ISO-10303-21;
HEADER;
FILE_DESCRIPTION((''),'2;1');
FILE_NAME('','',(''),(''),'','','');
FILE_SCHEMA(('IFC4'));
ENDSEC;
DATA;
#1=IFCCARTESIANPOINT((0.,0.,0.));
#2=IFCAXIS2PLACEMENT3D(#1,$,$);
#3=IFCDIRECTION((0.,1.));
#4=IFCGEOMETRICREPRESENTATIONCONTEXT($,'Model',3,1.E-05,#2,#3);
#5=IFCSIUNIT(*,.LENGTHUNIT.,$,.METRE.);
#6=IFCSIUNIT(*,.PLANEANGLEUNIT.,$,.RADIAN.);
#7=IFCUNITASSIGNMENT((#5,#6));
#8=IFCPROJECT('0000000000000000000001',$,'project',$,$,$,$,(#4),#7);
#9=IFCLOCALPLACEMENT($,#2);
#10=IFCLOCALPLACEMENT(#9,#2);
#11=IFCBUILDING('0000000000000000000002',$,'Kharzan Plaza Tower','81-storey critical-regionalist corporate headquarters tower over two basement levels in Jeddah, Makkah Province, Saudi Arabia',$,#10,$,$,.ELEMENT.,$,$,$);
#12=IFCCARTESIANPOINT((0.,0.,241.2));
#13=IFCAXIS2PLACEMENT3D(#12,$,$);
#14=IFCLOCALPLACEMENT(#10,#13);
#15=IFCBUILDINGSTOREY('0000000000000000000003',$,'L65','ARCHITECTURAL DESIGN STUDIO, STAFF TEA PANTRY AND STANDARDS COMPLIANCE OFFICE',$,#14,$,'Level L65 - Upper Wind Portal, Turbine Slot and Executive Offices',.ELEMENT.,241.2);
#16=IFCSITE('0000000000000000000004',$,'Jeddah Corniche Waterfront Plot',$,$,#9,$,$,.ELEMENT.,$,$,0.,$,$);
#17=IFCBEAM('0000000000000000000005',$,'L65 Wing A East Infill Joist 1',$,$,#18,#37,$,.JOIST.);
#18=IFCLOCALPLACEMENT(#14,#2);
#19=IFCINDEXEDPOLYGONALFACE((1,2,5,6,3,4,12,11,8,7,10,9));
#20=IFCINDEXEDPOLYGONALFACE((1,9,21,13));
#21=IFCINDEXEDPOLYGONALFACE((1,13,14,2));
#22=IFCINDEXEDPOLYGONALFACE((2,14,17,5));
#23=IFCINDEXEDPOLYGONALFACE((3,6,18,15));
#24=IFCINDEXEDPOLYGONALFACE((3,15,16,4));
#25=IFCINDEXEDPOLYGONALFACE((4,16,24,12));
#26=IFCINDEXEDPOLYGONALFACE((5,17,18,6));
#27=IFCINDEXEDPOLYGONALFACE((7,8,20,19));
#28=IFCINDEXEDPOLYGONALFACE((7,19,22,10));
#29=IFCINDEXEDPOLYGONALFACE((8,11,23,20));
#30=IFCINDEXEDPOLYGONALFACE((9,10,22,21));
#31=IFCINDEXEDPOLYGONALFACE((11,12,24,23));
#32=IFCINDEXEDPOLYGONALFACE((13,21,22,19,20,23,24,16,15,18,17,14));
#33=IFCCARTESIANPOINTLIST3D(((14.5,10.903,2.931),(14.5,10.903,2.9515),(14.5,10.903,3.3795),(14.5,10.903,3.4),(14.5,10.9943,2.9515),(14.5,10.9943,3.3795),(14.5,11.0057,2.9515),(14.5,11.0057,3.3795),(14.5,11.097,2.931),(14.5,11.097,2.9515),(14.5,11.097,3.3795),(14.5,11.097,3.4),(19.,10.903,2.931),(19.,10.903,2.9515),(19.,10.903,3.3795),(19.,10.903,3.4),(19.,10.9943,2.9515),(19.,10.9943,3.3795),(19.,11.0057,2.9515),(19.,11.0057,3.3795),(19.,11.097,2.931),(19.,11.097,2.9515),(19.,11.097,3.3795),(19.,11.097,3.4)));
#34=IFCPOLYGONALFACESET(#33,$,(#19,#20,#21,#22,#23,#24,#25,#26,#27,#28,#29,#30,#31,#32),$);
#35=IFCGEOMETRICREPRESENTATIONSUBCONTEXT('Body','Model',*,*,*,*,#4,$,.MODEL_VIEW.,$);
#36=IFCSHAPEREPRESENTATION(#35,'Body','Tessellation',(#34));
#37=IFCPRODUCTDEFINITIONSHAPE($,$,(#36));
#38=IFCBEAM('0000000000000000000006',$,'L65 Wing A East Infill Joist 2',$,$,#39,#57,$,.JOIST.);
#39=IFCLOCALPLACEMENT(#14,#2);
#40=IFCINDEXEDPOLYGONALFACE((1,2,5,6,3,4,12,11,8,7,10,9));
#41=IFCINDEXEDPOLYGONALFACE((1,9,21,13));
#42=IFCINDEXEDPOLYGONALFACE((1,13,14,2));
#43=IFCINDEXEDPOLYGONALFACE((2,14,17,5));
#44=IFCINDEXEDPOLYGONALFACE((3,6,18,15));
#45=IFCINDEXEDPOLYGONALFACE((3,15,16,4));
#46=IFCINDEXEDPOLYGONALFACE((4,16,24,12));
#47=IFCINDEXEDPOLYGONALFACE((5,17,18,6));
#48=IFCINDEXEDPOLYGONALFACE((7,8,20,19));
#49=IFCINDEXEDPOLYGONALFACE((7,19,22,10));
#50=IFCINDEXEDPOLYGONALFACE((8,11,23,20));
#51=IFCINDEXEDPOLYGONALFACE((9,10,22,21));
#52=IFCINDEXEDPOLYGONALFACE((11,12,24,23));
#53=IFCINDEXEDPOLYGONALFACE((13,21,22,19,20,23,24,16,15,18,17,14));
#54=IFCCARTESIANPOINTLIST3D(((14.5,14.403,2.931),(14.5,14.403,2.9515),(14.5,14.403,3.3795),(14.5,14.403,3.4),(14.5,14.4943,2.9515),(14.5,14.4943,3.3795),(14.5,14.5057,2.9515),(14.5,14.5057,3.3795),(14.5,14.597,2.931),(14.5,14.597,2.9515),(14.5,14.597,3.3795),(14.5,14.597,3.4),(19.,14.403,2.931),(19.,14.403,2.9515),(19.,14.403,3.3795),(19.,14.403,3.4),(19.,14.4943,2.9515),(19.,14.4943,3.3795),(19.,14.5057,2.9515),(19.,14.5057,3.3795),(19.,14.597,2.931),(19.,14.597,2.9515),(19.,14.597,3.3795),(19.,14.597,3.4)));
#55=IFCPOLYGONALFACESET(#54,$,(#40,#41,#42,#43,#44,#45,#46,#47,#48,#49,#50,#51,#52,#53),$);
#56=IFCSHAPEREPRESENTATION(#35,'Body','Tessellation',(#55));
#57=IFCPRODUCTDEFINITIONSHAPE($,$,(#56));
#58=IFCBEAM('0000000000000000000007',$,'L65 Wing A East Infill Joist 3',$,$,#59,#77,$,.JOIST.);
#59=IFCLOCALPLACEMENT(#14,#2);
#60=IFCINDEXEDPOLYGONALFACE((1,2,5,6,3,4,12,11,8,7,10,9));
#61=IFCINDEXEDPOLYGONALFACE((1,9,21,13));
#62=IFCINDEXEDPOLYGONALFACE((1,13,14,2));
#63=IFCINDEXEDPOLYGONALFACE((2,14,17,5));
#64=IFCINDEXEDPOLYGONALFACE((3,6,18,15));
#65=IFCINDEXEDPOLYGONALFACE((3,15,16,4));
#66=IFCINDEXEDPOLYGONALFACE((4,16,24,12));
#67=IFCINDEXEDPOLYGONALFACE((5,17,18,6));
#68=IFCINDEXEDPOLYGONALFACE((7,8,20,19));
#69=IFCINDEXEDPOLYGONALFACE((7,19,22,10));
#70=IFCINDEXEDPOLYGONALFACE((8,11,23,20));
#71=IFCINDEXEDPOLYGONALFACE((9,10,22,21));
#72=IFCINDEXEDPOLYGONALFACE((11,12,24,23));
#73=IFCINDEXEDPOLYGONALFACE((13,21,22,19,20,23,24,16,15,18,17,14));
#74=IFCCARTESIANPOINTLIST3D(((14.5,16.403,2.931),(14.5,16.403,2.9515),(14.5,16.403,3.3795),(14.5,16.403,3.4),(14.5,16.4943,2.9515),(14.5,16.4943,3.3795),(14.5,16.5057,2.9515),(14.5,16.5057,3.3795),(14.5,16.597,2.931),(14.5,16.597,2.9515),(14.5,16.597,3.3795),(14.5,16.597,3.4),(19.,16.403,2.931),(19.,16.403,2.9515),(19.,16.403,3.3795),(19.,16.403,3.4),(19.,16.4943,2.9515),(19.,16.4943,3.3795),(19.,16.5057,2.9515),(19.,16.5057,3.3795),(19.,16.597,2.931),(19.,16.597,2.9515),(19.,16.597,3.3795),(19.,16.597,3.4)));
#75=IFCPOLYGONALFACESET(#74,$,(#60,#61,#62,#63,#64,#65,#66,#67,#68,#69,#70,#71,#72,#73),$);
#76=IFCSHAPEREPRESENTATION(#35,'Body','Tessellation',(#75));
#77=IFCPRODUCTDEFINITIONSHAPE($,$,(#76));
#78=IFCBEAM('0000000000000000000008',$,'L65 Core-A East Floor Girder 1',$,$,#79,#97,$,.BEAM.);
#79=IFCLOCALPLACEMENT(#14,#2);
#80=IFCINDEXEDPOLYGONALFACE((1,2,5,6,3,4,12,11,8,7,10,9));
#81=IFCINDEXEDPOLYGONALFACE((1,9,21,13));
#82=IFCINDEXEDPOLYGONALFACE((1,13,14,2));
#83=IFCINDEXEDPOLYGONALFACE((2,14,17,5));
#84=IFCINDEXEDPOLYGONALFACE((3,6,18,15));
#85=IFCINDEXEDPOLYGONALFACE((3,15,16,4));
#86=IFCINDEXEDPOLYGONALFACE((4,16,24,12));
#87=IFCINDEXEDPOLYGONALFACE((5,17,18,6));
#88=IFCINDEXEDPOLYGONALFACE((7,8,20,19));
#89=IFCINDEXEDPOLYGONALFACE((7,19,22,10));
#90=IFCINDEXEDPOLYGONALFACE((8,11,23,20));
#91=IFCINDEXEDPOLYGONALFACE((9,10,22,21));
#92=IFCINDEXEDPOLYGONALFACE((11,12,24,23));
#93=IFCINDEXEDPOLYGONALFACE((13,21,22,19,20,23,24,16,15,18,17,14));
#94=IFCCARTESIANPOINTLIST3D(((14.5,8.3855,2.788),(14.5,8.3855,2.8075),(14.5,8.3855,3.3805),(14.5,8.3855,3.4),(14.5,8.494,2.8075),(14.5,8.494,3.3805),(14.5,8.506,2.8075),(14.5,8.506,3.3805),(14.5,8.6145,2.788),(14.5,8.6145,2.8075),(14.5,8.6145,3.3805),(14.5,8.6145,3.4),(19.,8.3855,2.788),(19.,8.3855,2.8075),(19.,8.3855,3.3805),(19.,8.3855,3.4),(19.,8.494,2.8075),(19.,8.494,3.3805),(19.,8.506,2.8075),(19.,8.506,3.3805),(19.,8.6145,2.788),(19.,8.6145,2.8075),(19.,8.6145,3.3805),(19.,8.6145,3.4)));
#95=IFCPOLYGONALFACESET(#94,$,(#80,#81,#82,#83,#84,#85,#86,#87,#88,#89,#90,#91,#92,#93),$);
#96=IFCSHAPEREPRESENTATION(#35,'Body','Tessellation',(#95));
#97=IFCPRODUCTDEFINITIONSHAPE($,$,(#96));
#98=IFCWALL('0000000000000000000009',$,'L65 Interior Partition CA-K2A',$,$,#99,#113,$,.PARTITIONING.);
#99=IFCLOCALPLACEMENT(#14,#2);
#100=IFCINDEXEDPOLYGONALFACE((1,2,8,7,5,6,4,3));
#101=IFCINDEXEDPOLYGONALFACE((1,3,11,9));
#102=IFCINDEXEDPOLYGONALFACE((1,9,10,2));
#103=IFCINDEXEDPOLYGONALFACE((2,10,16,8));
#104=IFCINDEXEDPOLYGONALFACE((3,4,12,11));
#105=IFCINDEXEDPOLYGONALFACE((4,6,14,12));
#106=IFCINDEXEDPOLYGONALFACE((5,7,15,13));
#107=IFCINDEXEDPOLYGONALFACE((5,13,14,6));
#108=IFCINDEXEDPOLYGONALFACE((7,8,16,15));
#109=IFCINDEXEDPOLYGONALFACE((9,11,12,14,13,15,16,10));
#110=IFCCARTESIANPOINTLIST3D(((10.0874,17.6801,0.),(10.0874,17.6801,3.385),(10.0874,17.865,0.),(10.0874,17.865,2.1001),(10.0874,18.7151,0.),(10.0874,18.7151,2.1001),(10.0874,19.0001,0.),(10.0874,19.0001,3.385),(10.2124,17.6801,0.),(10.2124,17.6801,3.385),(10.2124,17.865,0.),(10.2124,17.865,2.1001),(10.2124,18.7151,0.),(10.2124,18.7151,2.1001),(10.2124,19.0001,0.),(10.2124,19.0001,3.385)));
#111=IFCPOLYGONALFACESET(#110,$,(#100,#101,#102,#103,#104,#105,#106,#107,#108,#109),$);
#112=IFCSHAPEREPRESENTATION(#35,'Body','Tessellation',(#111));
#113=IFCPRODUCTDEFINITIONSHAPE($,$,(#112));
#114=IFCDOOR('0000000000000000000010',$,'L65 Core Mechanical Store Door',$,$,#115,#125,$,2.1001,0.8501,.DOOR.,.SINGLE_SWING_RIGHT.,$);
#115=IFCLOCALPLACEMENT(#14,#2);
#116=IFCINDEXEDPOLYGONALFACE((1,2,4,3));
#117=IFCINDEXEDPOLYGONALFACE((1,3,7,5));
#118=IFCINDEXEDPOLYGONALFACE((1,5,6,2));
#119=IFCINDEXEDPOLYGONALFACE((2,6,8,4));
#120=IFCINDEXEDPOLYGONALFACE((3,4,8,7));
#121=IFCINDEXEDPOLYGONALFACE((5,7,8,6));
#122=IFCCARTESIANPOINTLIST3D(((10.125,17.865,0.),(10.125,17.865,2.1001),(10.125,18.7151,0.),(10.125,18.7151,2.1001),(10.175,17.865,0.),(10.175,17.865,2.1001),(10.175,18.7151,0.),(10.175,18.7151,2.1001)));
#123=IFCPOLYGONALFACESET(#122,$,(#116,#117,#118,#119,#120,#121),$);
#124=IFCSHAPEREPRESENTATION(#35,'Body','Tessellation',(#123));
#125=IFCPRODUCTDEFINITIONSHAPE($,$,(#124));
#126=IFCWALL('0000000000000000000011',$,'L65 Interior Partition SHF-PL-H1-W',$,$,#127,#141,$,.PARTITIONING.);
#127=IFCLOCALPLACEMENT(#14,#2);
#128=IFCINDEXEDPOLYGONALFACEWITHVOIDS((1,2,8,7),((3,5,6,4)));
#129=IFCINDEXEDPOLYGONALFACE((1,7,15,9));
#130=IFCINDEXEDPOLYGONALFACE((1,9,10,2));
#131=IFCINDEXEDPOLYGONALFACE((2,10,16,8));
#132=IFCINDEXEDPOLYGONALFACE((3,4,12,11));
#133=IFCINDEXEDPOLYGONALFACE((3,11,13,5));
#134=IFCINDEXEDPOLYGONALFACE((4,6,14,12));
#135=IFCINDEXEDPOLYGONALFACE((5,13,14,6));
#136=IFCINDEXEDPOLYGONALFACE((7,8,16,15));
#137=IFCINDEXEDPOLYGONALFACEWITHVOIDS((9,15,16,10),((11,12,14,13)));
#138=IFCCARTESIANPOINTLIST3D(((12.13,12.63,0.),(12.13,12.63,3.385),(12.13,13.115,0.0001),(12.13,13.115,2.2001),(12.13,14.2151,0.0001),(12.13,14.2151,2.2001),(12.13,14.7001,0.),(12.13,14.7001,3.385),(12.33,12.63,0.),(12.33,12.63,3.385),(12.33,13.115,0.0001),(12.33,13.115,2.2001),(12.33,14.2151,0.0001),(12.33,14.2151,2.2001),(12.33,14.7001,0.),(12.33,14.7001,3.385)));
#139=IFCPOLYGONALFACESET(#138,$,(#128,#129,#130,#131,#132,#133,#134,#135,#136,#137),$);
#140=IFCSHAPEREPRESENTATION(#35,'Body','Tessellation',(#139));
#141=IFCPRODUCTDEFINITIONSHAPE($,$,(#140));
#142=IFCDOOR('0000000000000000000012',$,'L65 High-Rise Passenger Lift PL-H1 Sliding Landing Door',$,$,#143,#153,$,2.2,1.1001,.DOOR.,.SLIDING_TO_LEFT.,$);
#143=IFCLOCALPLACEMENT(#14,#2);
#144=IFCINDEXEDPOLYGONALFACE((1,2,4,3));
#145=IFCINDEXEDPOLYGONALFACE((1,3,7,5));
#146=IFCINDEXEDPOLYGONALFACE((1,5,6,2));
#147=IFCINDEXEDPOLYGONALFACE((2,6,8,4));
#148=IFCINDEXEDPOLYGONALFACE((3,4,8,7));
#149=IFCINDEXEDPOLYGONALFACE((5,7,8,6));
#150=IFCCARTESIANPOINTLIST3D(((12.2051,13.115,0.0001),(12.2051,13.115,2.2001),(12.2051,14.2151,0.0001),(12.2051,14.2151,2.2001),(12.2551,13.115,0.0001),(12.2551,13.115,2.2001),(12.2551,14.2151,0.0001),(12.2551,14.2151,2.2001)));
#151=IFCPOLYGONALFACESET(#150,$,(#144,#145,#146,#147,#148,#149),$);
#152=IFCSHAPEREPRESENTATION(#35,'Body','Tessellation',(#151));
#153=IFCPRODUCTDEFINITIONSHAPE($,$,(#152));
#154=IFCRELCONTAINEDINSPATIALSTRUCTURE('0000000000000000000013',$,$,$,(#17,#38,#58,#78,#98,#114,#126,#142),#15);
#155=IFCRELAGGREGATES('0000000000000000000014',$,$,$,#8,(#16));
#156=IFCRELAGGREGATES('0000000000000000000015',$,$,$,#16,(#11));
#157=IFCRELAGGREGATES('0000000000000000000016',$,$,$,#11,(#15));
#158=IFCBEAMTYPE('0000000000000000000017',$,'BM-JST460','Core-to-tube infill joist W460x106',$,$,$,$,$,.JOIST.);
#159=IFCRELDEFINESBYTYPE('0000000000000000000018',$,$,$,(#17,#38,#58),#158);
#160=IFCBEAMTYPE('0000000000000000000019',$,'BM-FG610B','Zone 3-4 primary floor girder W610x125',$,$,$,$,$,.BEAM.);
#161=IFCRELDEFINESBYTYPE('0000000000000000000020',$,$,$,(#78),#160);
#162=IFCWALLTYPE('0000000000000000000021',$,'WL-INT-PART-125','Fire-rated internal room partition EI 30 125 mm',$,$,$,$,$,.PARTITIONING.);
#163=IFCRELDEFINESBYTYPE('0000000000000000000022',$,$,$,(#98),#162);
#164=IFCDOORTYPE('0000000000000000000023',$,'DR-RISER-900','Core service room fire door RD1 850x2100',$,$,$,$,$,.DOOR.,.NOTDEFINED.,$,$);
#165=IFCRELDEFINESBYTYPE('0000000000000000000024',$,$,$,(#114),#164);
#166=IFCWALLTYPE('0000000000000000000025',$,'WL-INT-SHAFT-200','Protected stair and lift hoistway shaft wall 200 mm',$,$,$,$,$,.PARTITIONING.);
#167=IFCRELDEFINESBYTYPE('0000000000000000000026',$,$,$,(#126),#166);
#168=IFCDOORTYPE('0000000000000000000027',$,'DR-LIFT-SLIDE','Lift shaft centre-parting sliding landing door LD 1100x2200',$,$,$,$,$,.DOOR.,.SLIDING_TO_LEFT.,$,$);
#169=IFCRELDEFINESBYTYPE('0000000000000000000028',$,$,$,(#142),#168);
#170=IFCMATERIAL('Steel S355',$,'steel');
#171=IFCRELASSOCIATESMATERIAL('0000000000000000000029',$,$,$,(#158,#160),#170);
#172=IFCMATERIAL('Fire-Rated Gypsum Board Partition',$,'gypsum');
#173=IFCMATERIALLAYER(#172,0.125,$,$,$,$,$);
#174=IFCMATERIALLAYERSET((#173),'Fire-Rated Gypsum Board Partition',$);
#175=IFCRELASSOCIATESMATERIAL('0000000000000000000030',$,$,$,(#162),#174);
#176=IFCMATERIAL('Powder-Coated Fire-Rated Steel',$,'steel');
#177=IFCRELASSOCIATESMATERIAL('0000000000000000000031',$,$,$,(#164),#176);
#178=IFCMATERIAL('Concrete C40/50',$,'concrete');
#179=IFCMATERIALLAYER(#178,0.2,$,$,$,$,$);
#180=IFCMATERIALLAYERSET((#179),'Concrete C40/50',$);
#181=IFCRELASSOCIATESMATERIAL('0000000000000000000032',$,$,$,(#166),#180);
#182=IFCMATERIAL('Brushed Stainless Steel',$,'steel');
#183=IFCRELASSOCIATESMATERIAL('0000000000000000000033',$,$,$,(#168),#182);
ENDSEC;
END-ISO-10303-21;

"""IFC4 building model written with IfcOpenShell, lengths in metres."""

from ifc_helpers import new_model, si_unit, direction, frame, frame_2d, origin, origin_2d, place, context, subcontext, project, spatial, rectangle, i_section, extrude, source, transform, mapped, material, layer, layer_set, material_profile, profile_set, type_object, element, fill, save


model = new_model("IFC4")

# Units and contexts
model_context = context("Model", 3, precision=1e-05, world=origin(), true_north=direction((0.0, 1.0)))
body_context = subcontext(model_context, "Body", "Model", "MODEL_VIEW")
ifc_project = project(units=[si_unit("LENGTHUNIT", "METRE"), si_unit("PLANEANGLEUNIT", "RADIAN")], contexts=[model_context])

# Site, building, storey
site_placement = place(None, origin())
site = spatial("IfcSite", under=ifc_project, at=site_placement, Name="Jeddah Corniche Waterfront Plot", CompositionType="ELEMENT", RefElevation=0.0)
building_placement = place(site_placement, origin())
building = spatial("IfcBuilding", under=site, at=building_placement, Name="Kharzan Plaza Tower", Description="81-storey critical-regionalist corporate headquarters tower over two basement levels in Jeddah, Makkah Province, Saudi Arabia", CompositionType="ELEMENT")
storey_placement = place(building_placement, frame((0.0, 0.0, 241.2)))
storey = spatial("IfcBuildingStorey", under=building, at=storey_placement, Name="L65", Description="ARCHITECTURAL DESIGN STUDIO, STAFF TEA PANTRY AND STANDARDS COMPLIANCE OFFICE", LongName="Level L65 - Upper Wind Portal, Turbine Slot and Executive Offices", CompositionType="ELEMENT", Elevation=241.2)

# Beams
ifc_material_1 = material(Name="Steel S355", Category="steel")
ifc_material_profile_1 = material_profile(ifc_material_1, i_section(OverallWidth=0.1941, OverallDepth=0.469, WebThickness=0.0115, FlangeThickness=0.0205, at=origin_2d()), Name="W460x106")
ifc_profile_set_1 = profile_set([ifc_material_profile_1], Name="Steel S355")
beam_type_1 = type_object("IfcBeamType", Name="BM-JST460", Description="Core-to-tube infill joist W460x106", PredefinedType="JOIST", material=ifc_profile_set_1)
shared_shape_1 = source(origin(), body_context, "Body", "SweptSolid", [
    extrude(i_section(OverallWidth=0.1941, OverallDepth=0.469, WebThickness=0.0115, FlangeThickness=0.0205, at=origin_2d()), origin(), (0.0, 0.0, 1.0), 4.5),
])
for number, where, z_axis, x_axis, name in (
    (1, (14.5, 11.0, 3.1655), (1.0, 0.0, 0.0), (0.0, 1.0, 0.0), "L65 Wing A East Infill Joist 1"),
    (2, (14.5, 14.5, 3.1655), (1.0, 0.0, 0.0), (0.0, 1.0, 0.0), "L65 Wing A East Infill Joist 2"),
    (3, (14.5, 16.5, 3.1655), (1.0, 0.0, 0.0), (0.0, 1.0, 0.0), "L65 Wing A East Infill Joist 3"),
):
    element("IfcBeam", number, at=place(storey_placement, frame(where, z_axis=z_axis, x_axis=x_axis)), inside=storey, type_object=beam_type_1, Name=name, PredefinedType="JOIST", context=body_context, shape_type="MappedRepresentation", body=[
        mapped(shared_shape_1, transform((0.0, 0.0, 0.0), x_axis=(1.0, 0.0, 0.0), y_axis=(0.0, 1.0, 0.0), z_axis=(0.0, 0.0, 1.0))),
    ])
ifc_material_profile_2 = material_profile(ifc_material_1, i_section(OverallWidth=0.229, OverallDepth=0.6121, WebThickness=0.012, FlangeThickness=0.0195, at=origin_2d()), Name="W610x125")
ifc_profile_set_2 = profile_set([ifc_material_profile_2], Name="Steel S355")
beam_type_2 = type_object("IfcBeamType", Name="BM-FG610B", Description="Zone 3-4 primary floor girder W610x125", PredefinedType="BEAM", material=ifc_profile_set_2)
shared_shape_2 = source(origin(), body_context, "Body", "SweptSolid", [
    extrude(i_section(OverallWidth=0.229, OverallDepth=0.6121, WebThickness=0.012, FlangeThickness=0.0195, at=origin_2d()), origin(), (0.0, 0.0, 1.0), 4.5),
])
beam_placement = place(storey_placement, frame((14.5, 8.5, 3.094), z_axis=(1.0, 0.0, 0.0), x_axis=(0.0, 1.0, 0.0)))
element("IfcBeam", 4, at=beam_placement, inside=storey, type_object=beam_type_2, Name="L65 Core-A East Floor Girder 1", PredefinedType="BEAM", context=body_context, shape_type="MappedRepresentation", body=[
    mapped(shared_shape_2, transform((0.0, 0.0, 0.0), x_axis=(1.0, 0.0, 0.0), y_axis=(0.0, 1.0, 0.0), z_axis=(0.0, 0.0, 1.0))),
])

# Walls, openings, doors
ifc_material_2 = material(Name="Fire-Rated Gypsum Board Partition", Category="gypsum")
ifc_layer_1 = layer(ifc_material_2, 0.125)
ifc_layer_set_1 = layer_set([ifc_layer_1], Name="Fire-Rated Gypsum Board Partition")
wall_type_1 = type_object("IfcWallType", Name="WL-INT-PART-125", Description="Fire-rated internal room partition EI 30 125 mm", PredefinedType="PARTITIONING", material=ifc_layer_set_1)
wall_1_placement = place(storey_placement, frame((10.1499, 17.6799, 0.0), z_axis=(0.0, 0.0, 1.0), x_axis=(0.0, 1.0, 0.0)))
wall_1 = element("IfcWall", 5, at=wall_1_placement, inside=storey, type_object=wall_type_1, Name="L65 Interior Partition CA-K2A", PredefinedType="PARTITIONING", context=body_context, shape_type="SweptSolid", body=[
    extrude(rectangle(XDim=1.3201, YDim=0.125, at=frame_2d((0.6602, 0.0))), origin(), (0.0, 0.0, 1.0), 3.385),
])
opening_1_placement = place(wall_1_placement, frame((0.1851, 0.0, 0.0)))
opening_1 = element("IfcOpeningElement", 6, at=opening_1_placement, cuts=wall_1, PredefinedType="OPENING", context=body_context, shape_type="SweptSolid", body=[
    extrude(rectangle(XDim=0.8501, YDim=2.1001, at=frame_2d((0.425, 1.05))), frame((0.0, 0.0725, 0.0), z_axis=(0.0, -1.0, 0.0), x_axis=(1.0, 0.0, 0.0)), (0.0, 0.0, 1.0), 0.145),
])
ifc_material_3 = material(Name="Powder-Coated Fire-Rated Steel", Category="steel")
door_type_1 = type_object("IfcDoorType", Name="DR-RISER-900", Description="Core service room fire door RD1 850x2100", OperationType="NOTDEFINED", PredefinedType="DOOR", material=ifc_material_3)
shared_shape_3 = source(origin(), body_context, "Body", "SweptSolid", [
    extrude(rectangle(XDim=0.8501, YDim=2.1001, at=frame_2d((0.425, 1.05))), frame((0.0, 0.0249, 0.0), z_axis=(0.0, -1.0, 0.0), x_axis=(1.0, 0.0, 0.0)), (0.0, 0.0, 1.0), 0.05),
])
door_1_placement = place(opening_1_placement, origin())
door_1 = element("IfcDoor", 7, at=door_1_placement, inside=storey, type_object=door_type_1, Name="L65 Core Mechanical Store Door", OperationType="SINGLE_SWING_RIGHT", OverallHeight=2.1001, OverallWidth=0.8501, PredefinedType="DOOR", context=body_context, shape_type="MappedRepresentation", body=[
    mapped(shared_shape_3, transform((0.0, 0.0, 0.0), x_axis=(1.0, 0.0, 0.0), y_axis=(0.0, 1.0, 0.0), z_axis=(0.0, 0.0, 1.0))),
])
fill(opening_1, door_1)
ifc_material_4 = material(Name="Concrete C40/50", Category="concrete")
ifc_layer_2 = layer(ifc_material_4, 0.2)
ifc_layer_set_2 = layer_set([ifc_layer_2], Name="Concrete C40/50")
wall_type_2 = type_object("IfcWallType", Name="WL-INT-SHAFT-200", Description="Protected stair and lift hoistway shaft wall 200 mm", PredefinedType="PARTITIONING", material=ifc_layer_set_2)
wall_2_placement = place(storey_placement, frame((12.23, 12.6299, 0.0), z_axis=(0.0, 0.0, 1.0), x_axis=(0.0, 1.0, 0.0)))
wall_2 = element("IfcWall", 8, at=wall_2_placement, inside=storey, type_object=wall_type_2, Name="L65 Interior Partition SHF-PL-H1-W", PredefinedType="PARTITIONING", context=body_context, shape_type="SweptSolid", body=[
    extrude(rectangle(XDim=2.0701, YDim=0.2, at=frame_2d((1.0352, 0.0))), origin(), (0.0, 0.0, 1.0), 3.385),
])
opening_2_placement = place(wall_2_placement, frame((0.4851, 0.0, 0.0)))
opening_2 = element("IfcOpeningElement", 9, at=opening_2_placement, cuts=wall_2, PredefinedType="OPENING", context=body_context, shape_type="SweptSolid", body=[
    extrude(rectangle(XDim=1.1001, YDim=2.2, at=frame_2d((0.55, 1.1001))), frame((0.0, 0.1099, 0.0), z_axis=(0.0, -1.0, 0.0), x_axis=(1.0, 0.0, 0.0)), (0.0, 0.0, 1.0), 0.22),
])
ifc_material_5 = material(Name="Brushed Stainless Steel", Category="steel")
door_type_2 = type_object("IfcDoorType", Name="DR-LIFT-SLIDE", Description="Lift shaft centre-parting sliding landing door LD 1100x2200", OperationType="SLIDING_TO_LEFT", PredefinedType="DOOR", material=ifc_material_5)
shared_shape_4 = source(origin(), body_context, "Body", "SweptSolid", [
    extrude(rectangle(XDim=1.1001, YDim=2.2, at=frame_2d((0.55, 1.1001))), frame((0.0, 0.0249, 0.0), z_axis=(0.0, -1.0, 0.0), x_axis=(1.0, 0.0, 0.0)), (0.0, 0.0, 1.0), 0.05),
])
door_2_placement = place(opening_2_placement, origin())
door_2 = element("IfcDoor", 10, at=door_2_placement, inside=storey, type_object=door_type_2, Name="L65 High-Rise Passenger Lift PL-H1 Sliding Landing Door", OperationType="SLIDING_TO_LEFT", OverallHeight=2.2, OverallWidth=1.1001, PredefinedType="DOOR", context=body_context, shape_type="MappedRepresentation", body=[
    mapped(shared_shape_4, transform((0.0, 0.0, 0.0), x_axis=(1.0, 0.0, 0.0), y_axis=(0.0, 1.0, 0.0), z_axis=(0.0, 0.0, 1.0))),
])
fill(opening_2, door_2)

save(model, "model.ifc")
